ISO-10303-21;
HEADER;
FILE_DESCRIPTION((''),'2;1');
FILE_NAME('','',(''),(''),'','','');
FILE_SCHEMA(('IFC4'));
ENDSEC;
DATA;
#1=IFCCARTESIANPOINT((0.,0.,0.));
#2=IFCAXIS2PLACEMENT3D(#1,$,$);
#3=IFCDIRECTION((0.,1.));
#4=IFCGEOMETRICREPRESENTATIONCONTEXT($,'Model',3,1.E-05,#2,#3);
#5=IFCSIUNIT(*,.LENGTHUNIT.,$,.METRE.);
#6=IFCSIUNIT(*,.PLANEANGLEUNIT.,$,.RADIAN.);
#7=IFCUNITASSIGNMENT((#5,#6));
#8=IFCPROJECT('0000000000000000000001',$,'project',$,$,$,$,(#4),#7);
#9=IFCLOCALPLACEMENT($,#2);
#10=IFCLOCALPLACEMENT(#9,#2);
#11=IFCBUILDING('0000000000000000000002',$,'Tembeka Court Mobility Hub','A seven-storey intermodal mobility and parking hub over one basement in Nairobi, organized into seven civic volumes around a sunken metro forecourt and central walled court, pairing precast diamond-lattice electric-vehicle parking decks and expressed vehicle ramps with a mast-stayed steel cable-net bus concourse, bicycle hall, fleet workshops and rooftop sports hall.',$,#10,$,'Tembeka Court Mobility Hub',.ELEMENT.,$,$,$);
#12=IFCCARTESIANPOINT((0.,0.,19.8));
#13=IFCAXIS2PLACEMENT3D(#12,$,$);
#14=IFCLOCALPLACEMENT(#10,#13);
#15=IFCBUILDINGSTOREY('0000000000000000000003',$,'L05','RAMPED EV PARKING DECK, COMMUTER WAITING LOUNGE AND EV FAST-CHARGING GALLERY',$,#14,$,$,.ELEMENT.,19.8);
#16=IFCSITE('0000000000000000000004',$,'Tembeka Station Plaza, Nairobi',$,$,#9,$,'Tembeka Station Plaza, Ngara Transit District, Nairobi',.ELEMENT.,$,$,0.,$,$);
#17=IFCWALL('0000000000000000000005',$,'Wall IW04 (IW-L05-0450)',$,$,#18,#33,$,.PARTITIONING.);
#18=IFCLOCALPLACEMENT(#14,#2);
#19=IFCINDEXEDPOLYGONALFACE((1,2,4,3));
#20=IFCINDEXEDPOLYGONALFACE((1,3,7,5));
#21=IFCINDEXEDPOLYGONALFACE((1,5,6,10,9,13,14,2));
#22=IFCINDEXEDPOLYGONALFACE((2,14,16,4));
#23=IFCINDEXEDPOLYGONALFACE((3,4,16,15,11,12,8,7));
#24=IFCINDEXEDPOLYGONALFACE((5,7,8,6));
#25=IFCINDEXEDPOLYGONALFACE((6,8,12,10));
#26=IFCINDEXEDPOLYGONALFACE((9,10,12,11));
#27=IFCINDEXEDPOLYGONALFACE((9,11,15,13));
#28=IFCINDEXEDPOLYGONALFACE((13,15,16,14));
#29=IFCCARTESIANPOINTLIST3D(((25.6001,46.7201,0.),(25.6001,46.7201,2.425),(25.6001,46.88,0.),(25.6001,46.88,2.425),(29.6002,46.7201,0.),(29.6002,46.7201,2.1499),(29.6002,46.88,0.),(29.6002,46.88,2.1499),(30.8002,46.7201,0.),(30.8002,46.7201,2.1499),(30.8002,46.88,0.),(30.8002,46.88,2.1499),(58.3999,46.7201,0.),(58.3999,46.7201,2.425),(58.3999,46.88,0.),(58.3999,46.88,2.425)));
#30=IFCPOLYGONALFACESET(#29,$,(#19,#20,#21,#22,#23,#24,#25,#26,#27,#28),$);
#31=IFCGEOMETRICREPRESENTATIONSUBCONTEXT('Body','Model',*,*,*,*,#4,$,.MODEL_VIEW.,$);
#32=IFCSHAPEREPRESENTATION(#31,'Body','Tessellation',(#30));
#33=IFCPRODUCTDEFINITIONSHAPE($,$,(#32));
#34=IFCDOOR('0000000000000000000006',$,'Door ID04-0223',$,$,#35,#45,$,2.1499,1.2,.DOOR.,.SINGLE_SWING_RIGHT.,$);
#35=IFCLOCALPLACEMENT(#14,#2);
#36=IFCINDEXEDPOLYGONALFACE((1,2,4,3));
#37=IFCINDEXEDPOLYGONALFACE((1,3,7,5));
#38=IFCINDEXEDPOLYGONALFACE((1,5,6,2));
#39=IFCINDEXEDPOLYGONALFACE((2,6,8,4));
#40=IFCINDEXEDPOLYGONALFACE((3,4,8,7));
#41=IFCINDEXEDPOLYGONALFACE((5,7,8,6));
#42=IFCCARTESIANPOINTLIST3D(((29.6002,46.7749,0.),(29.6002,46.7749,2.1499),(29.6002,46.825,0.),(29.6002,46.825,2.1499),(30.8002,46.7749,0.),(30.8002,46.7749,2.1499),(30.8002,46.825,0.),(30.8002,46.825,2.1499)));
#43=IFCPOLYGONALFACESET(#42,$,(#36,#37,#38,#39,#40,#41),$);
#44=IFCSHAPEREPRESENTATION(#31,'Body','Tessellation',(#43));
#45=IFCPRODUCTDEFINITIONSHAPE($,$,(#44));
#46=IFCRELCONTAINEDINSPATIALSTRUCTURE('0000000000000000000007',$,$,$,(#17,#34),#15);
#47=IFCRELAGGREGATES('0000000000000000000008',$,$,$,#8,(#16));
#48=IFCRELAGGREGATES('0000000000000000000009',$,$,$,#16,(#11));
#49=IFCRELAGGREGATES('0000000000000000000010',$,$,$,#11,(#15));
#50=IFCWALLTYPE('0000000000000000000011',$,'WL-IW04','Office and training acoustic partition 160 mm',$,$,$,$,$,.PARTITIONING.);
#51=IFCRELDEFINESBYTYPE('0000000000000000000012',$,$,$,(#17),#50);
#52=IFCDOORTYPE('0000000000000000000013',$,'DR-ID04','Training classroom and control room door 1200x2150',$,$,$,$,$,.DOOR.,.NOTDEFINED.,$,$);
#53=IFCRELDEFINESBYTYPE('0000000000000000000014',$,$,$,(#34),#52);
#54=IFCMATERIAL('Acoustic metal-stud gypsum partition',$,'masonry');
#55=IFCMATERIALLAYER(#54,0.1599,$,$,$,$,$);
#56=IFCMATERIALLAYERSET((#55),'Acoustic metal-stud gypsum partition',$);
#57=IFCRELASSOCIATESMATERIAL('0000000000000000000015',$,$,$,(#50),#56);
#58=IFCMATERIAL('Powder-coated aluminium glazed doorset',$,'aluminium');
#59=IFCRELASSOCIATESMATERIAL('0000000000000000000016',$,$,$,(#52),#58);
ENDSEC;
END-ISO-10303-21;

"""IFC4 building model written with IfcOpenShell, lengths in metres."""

from ifc_helpers import new_model, si_unit, direction, frame, frame_2d, origin, place, context, subcontext, project, spatial, rectangle, extrude, material, layer, layer_set, type_object, element, fill, save


model = new_model("IFC4")

# Units and contexts
model_context = context("Model", 3, precision=1e-05, world=origin(), true_north=direction((0.0, 1.0)))
body_context = subcontext(model_context, "Body", "Model", "MODEL_VIEW")
ifc_project = project(units=[si_unit("LENGTHUNIT", "METRE"), si_unit("PLANEANGLEUNIT", "RADIAN")], contexts=[model_context])

# Site, building, storey
site_placement = place(None, origin())
site = spatial("IfcSite", under=ifc_project, at=site_placement, Name="Tembeka Station Plaza, Nairobi", LongName="Tembeka Station Plaza, Ngara Transit District, Nairobi", CompositionType="ELEMENT", RefElevation=0.0)
building_placement = place(site_placement, origin())
building = spatial("IfcBuilding", under=site, at=building_placement, Name="Tembeka Court Mobility Hub", Description="A seven-storey intermodal mobility and parking hub over one basement in Nairobi, organized into seven civic volumes around a sunken metro forecourt and central walled court, pairing precast diamond-lattice electric-vehicle parking decks and expressed vehicle ramps with a mast-stayed steel cable-net bus concourse, bicycle hall, fleet workshops and rooftop sports hall.", LongName="Tembeka Court Mobility Hub", CompositionType="ELEMENT")
storey_placement = place(building_placement, frame((0.0, 0.0, 19.8)))
storey = spatial("IfcBuildingStorey", under=building, at=storey_placement, Name="L05", Description="RAMPED EV PARKING DECK, COMMUTER WAITING LOUNGE AND EV FAST-CHARGING GALLERY", CompositionType="ELEMENT", Elevation=19.8)

# Wall, opening, door
ifc_material_1 = material(Name="Acoustic metal-stud gypsum partition", Category="masonry")
ifc_layer = layer(ifc_material_1, 0.1599)
ifc_layer_set = layer_set([ifc_layer], Name="Acoustic metal-stud gypsum partition")
wall_type = type_object("IfcWallType", Name="WL-IW04", Description="Office and training acoustic partition 160 mm", PredefinedType="PARTITIONING", material=ifc_layer_set)
wall_placement = place(storey_placement, frame((25.6001, 46.8, 0.0), z_axis=(0.0, 0.0, 1.0), x_axis=(1.0, 0.0, 0.0)))
wall = element("IfcWall", 1, at=wall_placement, inside=storey, type_object=wall_type, Name="Wall IW04 (IW-L05-0450)", PredefinedType="PARTITIONING", context=body_context, shape_type="SweptSolid", body=[
    extrude(rectangle(XDim=32.7998, YDim=0.1599, at=frame_2d((16.3999, 0.0))), origin(), (0.0, 0.0, 1.0), 2.425),
])
opening_placement = place(wall_placement, frame((4.0, 0.0, 0.0)))
opening = element("IfcOpeningElement", 2, at=opening_placement, cuts=wall, PredefinedType="OPENING", context=body_context, shape_type="SweptSolid", body=[
    extrude(rectangle(XDim=1.2, YDim=2.1499, at=frame_2d((0.6001, 1.075))), frame((0.0, 0.0898, 0.0), z_axis=(0.0, -1.0, 0.0), x_axis=(1.0, 0.0, 0.0)), (0.0, 0.0, 1.0), 0.1799),
])
ifc_material_2 = material(Name="Powder-coated aluminium glazed doorset", Category="aluminium")
door_type = type_object("IfcDoorType", Name="DR-ID04", Description="Training classroom and control room door 1200x2150", OperationType="NOTDEFINED", PredefinedType="DOOR", material=ifc_material_2)
door_placement = place(opening_placement, origin())
door = element("IfcDoor", 3, at=door_placement, inside=storey, type_object=door_type, Name="Door ID04-0223", OperationType="SINGLE_SWING_RIGHT", OverallHeight=2.1499, OverallWidth=1.2, PredefinedType="DOOR", context=body_context, shape_type="SweptSolid", body=[
    extrude(rectangle(XDim=1.2, YDim=2.1499, at=frame_2d((0.6001, 1.075))), frame((0.0, 0.0249, 0.0), z_axis=(0.0, -1.0, 0.0), x_axis=(1.0, 0.0, 0.0)), (0.0, 0.0, 1.0), 0.05),
])
fill(opening, door)

save(model, "model.ifc")
